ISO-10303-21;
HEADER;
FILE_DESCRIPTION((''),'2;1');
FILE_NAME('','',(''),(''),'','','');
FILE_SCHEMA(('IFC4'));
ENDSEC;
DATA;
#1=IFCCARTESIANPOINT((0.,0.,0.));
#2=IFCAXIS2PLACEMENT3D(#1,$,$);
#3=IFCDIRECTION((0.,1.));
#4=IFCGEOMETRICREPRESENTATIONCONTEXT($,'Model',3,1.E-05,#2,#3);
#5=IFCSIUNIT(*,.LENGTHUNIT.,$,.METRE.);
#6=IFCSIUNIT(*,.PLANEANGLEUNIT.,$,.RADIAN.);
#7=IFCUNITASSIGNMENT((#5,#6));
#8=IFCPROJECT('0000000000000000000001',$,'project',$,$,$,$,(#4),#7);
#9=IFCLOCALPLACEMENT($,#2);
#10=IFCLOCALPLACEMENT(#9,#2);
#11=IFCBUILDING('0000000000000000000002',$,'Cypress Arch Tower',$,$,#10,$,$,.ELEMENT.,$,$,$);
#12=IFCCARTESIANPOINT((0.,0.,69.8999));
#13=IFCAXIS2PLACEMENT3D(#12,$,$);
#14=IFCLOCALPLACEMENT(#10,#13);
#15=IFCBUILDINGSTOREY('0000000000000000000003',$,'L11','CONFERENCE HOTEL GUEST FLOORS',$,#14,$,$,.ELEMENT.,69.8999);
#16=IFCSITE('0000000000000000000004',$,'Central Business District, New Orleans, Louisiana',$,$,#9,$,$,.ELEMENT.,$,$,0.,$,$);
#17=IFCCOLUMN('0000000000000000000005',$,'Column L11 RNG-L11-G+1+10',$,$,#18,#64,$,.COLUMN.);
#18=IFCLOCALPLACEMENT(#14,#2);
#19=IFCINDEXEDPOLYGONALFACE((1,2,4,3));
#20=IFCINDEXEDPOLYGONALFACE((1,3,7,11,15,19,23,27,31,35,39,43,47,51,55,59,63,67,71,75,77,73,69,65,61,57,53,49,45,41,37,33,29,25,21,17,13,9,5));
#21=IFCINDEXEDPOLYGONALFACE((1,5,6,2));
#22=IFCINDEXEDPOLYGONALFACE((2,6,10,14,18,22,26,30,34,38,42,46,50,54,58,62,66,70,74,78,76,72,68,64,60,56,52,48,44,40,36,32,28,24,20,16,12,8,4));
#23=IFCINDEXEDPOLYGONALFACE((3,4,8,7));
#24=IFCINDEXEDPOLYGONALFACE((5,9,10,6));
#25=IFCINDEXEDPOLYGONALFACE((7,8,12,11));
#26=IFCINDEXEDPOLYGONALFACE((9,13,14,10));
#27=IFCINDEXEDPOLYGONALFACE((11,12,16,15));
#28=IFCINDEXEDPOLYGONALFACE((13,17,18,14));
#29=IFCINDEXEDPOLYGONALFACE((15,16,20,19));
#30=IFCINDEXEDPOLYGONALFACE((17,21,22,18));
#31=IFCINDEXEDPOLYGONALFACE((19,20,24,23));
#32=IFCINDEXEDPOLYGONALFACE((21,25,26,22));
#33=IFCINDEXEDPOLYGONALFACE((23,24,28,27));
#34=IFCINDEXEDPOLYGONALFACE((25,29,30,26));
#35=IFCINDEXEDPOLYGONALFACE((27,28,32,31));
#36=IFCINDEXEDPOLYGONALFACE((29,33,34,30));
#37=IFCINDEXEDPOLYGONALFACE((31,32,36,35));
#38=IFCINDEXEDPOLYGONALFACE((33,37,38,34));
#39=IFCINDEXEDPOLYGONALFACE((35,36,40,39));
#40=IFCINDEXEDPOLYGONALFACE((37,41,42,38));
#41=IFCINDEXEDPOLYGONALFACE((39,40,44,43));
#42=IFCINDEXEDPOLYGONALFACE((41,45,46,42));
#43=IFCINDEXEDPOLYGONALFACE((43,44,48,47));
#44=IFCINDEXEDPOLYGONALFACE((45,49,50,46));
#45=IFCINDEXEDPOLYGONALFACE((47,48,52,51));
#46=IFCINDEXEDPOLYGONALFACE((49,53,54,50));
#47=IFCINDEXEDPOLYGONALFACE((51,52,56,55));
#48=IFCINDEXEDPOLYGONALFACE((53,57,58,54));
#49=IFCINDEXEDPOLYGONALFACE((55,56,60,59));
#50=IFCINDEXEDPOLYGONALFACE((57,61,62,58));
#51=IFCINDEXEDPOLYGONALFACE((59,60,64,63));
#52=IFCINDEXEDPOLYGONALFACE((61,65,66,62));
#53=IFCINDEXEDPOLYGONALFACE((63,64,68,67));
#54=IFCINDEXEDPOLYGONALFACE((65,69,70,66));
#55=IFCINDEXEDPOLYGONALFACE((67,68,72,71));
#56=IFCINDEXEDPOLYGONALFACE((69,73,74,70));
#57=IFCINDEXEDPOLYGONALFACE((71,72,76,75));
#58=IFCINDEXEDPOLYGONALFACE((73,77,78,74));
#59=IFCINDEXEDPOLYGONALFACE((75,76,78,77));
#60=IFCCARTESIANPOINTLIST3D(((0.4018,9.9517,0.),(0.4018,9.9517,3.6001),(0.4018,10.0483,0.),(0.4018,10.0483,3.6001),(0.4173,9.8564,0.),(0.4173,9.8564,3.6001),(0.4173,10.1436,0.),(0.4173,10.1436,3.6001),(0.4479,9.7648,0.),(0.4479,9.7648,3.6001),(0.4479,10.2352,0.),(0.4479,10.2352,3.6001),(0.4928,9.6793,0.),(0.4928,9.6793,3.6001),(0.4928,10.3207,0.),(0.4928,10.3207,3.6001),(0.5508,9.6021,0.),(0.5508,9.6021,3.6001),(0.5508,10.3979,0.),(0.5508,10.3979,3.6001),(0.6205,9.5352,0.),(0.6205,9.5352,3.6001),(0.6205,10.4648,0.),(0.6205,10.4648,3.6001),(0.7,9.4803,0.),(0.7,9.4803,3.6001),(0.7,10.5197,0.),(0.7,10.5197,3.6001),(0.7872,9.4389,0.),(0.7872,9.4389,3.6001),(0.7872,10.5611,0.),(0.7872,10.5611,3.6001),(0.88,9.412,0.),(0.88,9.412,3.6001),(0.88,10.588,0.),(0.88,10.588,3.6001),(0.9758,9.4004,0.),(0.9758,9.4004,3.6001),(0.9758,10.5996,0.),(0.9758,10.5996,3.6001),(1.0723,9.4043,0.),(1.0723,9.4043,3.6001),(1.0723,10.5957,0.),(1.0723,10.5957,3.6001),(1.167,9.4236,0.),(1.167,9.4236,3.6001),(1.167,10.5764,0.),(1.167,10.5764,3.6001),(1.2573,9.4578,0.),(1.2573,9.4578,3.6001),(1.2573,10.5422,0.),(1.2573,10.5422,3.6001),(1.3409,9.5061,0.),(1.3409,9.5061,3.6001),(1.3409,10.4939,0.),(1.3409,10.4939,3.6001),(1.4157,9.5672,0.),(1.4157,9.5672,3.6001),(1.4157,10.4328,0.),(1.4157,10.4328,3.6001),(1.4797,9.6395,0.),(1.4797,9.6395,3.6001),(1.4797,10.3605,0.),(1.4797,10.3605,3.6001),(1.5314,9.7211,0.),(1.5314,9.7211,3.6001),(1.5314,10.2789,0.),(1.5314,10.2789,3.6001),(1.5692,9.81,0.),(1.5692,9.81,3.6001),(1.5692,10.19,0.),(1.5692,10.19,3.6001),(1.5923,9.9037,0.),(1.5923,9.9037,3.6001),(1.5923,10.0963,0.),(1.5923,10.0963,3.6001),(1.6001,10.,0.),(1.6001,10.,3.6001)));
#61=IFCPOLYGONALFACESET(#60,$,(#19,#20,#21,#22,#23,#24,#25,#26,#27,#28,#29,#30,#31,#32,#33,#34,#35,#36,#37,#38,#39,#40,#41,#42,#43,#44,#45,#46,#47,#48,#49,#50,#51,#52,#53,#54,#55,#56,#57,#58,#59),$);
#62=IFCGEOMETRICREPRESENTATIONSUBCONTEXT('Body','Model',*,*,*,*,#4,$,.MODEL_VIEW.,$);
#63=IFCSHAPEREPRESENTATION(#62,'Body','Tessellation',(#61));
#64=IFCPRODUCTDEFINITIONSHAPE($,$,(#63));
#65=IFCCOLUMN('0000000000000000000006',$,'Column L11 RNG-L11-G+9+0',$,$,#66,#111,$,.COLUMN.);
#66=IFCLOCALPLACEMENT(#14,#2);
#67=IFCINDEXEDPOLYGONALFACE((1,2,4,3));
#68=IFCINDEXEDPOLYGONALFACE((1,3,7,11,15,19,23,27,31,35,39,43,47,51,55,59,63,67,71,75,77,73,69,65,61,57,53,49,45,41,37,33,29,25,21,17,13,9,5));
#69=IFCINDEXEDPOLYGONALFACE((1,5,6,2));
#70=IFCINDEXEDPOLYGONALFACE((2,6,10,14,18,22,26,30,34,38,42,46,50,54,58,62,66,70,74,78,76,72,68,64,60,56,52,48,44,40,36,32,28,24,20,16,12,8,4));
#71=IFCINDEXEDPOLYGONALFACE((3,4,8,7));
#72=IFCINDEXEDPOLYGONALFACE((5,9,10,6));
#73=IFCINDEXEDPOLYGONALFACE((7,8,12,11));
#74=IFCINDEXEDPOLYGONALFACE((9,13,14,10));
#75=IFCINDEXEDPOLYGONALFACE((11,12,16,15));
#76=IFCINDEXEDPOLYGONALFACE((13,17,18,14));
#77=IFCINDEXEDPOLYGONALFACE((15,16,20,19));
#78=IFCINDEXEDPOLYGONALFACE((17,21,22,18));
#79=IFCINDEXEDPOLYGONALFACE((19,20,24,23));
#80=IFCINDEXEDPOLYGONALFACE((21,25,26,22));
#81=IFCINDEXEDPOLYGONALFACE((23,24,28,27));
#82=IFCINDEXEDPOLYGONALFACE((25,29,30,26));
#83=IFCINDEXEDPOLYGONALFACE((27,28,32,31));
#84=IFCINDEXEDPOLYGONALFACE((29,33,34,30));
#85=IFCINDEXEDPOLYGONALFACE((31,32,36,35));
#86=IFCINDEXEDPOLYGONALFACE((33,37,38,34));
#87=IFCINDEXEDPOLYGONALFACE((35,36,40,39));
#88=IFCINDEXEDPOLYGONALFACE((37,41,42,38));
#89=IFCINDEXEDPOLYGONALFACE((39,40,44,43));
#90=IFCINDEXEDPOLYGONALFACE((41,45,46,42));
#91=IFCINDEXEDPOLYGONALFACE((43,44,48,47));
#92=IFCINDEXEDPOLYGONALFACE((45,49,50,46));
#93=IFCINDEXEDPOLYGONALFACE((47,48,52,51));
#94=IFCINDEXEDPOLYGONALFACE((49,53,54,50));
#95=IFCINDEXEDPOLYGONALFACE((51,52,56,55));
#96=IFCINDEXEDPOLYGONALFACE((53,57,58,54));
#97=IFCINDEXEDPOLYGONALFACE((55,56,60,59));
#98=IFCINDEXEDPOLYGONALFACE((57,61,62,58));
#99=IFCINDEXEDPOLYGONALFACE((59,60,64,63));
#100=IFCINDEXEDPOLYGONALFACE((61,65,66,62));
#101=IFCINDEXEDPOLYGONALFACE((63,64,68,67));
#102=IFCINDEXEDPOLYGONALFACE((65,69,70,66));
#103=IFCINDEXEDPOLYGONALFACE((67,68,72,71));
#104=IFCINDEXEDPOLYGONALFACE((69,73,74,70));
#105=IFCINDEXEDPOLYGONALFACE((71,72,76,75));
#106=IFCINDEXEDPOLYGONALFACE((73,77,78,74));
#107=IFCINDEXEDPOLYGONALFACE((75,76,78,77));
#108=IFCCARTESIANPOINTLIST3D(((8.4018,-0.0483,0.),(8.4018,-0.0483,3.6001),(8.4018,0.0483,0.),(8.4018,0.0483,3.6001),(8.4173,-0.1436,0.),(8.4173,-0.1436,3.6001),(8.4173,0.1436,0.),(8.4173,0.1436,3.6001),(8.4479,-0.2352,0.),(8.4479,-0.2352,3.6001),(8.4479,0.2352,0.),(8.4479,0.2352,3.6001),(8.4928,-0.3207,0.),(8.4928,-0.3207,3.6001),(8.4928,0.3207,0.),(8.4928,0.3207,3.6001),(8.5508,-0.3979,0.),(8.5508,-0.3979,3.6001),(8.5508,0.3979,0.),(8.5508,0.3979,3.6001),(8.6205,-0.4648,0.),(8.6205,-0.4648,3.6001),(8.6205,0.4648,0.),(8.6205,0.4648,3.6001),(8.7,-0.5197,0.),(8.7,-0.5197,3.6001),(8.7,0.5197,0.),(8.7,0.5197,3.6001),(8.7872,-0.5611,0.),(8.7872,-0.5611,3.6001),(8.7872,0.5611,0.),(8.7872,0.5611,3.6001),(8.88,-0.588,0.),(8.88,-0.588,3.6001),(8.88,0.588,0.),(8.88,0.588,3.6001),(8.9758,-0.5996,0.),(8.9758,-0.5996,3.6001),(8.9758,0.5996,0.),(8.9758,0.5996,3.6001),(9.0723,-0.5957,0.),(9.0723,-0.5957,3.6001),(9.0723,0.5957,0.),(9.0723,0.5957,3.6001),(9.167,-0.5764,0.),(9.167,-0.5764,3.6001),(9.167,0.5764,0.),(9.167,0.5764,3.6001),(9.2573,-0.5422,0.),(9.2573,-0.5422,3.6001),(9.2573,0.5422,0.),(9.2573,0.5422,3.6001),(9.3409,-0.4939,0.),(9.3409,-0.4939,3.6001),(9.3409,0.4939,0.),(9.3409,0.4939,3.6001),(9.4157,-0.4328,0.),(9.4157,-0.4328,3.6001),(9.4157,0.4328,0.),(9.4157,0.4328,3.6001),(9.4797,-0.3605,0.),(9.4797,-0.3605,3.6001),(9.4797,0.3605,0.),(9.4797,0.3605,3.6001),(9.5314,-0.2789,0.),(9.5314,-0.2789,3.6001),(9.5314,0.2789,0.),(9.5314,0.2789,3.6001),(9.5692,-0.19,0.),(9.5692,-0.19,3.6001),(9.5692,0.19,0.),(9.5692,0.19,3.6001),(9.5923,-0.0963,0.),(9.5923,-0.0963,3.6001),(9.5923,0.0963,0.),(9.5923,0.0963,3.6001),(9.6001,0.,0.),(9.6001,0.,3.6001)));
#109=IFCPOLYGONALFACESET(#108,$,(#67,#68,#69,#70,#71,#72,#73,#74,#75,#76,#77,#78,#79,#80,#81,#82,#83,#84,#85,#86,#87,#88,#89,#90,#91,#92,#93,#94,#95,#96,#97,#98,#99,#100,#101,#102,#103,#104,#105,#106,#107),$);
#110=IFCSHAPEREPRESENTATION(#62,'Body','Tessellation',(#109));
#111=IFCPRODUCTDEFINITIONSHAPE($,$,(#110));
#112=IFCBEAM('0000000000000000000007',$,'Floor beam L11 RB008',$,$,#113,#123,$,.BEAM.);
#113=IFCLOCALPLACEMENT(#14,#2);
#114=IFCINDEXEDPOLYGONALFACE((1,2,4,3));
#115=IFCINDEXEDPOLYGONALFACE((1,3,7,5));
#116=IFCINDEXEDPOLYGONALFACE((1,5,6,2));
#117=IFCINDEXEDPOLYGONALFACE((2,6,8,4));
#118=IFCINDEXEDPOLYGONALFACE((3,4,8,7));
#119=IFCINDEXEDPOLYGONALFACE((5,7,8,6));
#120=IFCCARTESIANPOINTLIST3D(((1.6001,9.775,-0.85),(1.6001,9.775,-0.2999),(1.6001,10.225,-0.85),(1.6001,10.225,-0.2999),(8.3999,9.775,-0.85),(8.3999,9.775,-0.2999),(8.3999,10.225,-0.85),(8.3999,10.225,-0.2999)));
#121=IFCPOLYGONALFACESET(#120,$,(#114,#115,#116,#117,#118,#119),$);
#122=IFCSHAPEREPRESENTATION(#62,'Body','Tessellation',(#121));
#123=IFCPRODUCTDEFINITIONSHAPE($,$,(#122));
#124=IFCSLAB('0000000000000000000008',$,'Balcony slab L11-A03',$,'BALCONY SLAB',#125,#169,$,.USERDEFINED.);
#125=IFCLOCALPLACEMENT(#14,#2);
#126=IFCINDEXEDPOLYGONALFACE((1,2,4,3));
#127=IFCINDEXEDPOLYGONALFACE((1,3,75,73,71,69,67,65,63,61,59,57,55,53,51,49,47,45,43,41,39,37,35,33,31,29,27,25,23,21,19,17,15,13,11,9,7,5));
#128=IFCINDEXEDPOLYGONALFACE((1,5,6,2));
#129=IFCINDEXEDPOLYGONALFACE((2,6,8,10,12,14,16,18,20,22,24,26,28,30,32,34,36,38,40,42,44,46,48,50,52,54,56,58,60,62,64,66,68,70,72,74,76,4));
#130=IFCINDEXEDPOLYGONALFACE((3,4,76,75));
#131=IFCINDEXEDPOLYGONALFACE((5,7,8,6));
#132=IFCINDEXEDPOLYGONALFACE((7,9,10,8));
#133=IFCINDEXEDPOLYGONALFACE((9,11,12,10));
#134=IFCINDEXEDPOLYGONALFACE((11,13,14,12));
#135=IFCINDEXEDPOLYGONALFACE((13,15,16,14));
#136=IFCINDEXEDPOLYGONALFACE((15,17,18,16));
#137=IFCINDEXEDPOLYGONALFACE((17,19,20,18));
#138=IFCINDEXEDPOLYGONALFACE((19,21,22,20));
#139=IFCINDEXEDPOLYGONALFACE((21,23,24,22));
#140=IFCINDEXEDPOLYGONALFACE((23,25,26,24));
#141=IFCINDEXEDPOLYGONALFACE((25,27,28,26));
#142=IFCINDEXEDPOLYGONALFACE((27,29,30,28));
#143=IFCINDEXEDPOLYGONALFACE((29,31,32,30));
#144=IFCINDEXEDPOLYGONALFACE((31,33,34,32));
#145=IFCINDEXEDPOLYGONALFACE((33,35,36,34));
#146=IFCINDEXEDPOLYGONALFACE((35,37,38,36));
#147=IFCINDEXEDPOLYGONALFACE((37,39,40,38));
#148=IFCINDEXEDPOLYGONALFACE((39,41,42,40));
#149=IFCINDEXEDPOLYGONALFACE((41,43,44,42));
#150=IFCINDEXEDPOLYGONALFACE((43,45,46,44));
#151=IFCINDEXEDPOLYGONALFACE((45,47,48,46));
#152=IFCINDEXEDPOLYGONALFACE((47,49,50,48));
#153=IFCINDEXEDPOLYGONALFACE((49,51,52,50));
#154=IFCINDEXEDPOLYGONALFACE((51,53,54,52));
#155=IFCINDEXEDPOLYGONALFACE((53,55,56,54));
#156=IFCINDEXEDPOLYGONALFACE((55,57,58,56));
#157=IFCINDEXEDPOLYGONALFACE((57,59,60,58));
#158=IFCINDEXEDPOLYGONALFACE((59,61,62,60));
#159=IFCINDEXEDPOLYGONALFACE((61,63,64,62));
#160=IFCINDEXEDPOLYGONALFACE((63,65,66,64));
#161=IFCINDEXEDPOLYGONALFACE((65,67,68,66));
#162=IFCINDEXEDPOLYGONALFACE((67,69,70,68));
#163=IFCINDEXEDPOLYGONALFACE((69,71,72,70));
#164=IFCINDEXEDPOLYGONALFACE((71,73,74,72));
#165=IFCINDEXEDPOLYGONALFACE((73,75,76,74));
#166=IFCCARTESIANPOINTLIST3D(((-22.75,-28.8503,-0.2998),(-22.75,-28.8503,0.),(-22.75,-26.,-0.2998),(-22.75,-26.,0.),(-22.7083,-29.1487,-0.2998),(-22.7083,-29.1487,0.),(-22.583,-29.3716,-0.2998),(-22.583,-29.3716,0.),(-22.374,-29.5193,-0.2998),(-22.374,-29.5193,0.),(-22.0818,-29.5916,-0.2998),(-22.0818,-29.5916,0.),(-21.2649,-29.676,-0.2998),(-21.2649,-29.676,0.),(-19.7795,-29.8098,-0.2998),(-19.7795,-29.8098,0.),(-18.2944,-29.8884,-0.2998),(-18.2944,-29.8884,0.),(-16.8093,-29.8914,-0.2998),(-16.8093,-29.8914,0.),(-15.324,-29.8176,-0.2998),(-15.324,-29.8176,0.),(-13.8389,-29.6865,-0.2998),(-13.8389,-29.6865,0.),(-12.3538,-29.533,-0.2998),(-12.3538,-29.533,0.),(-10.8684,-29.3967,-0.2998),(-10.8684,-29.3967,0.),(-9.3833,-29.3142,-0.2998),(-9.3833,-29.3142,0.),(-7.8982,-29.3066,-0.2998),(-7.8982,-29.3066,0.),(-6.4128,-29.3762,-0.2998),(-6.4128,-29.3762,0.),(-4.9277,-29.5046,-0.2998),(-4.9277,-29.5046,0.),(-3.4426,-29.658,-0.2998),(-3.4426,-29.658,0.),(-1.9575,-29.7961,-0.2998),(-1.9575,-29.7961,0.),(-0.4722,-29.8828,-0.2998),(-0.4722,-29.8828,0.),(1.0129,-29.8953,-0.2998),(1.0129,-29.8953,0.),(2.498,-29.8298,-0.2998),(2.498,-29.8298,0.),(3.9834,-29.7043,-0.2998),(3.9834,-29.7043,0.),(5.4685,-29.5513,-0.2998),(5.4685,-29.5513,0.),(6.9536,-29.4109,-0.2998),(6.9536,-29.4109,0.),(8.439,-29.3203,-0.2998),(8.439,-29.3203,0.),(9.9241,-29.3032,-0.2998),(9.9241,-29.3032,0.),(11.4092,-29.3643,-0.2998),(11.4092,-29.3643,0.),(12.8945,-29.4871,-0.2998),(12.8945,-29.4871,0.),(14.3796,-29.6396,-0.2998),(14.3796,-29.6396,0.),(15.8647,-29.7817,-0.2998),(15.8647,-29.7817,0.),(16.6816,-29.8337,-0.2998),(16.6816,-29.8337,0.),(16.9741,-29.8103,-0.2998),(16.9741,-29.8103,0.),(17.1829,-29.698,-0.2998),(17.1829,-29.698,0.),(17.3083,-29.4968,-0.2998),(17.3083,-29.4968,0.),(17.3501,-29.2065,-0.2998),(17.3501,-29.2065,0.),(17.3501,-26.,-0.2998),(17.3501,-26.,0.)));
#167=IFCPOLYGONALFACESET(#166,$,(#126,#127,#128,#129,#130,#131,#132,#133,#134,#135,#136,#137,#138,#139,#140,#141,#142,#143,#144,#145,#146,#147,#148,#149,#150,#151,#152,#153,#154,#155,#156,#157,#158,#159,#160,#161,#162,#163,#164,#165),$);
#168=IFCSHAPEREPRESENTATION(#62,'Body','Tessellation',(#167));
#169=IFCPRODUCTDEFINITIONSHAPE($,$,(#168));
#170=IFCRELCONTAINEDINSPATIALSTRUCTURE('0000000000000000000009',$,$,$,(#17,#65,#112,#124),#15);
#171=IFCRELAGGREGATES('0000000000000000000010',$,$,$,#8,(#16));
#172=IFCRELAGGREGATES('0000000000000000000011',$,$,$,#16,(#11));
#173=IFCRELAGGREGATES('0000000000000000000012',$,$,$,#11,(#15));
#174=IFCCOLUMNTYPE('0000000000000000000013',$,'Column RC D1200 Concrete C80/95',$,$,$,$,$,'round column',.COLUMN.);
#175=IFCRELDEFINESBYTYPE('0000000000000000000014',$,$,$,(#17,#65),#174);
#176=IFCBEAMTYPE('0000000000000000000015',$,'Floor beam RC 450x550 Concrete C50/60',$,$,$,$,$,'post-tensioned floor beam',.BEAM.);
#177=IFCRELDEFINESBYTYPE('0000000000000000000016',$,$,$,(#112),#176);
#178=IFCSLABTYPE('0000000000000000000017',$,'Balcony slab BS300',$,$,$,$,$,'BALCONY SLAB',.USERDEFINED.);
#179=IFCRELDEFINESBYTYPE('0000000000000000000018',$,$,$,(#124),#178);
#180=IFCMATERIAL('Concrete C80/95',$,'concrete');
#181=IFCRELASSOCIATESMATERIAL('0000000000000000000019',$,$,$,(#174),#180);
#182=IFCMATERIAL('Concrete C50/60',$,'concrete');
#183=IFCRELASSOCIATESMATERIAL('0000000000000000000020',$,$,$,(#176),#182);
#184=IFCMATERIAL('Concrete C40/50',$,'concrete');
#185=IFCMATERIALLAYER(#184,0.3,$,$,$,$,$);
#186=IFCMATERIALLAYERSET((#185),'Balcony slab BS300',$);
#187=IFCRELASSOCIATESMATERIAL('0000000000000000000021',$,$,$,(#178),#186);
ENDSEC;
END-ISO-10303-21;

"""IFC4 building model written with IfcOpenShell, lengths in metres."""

from ifc_helpers import new_model, si_unit, direction, frame, origin, origin_2d, place, context, subcontext, project, spatial, polyline, rectangle, circle, outline, extrude, material, layer, layer_set, material_profile, profile_set, type_object, element, save


model = new_model("IFC4")

# Units and contexts
model_context = context("Model", 3, precision=1e-05, world=origin(), true_north=direction((0.0, 1.0)))
body_context = subcontext(model_context, "Body", "Model", "MODEL_VIEW")
ifc_project = project(units=[si_unit("LENGTHUNIT", "METRE"), si_unit("PLANEANGLEUNIT", "RADIAN")], contexts=[model_context])

# Site, building, storey
site_placement = place(None, origin())
site = spatial("IfcSite", under=ifc_project, at=site_placement, Name="Central Business District, New Orleans, Louisiana", CompositionType="ELEMENT", RefElevation=0.0)
building_placement = place(site_placement, origin())
building = spatial("IfcBuilding", under=site, at=building_placement, Name="Cypress Arch Tower", CompositionType="ELEMENT")
storey_placement = place(building_placement, frame((0.0, 0.0, 69.8999)))
storey = spatial("IfcBuildingStorey", under=building, at=storey_placement, Name="L11", Description="CONFERENCE HOTEL GUEST FLOORS", CompositionType="ELEMENT", Elevation=69.8999)

# Columns
ifc_material_1 = material(Name="Concrete C80/95", Category="concrete")
ifc_material_profile_1 = material_profile(ifc_material_1, circle(Radius=0.6001, at=origin_2d()), Name="RC D1200")
ifc_profile_set_1 = profile_set([ifc_material_profile_1], Name="Concrete C80/95")
column_type = type_object("IfcColumnType", Name="Column RC D1200 Concrete C80/95", ElementType="round column", PredefinedType="COLUMN", material=ifc_profile_set_1)
for number, where, z_axis, x_axis, name in (
    (1, (1.0, 10.0, 0.0), (0.0, 0.0, 1.0), (1.0, 0.0, 0.0), "Column L11 RNG-L11-G+1+10"),
    (2, (9.0, 0.0, 0.0), (0.0, 0.0, 1.0), (1.0, 0.0, 0.0), "Column L11 RNG-L11-G+9+0"),
):
    element("IfcColumn", number, at=place(storey_placement, frame(where, z_axis=z_axis, x_axis=x_axis)), inside=storey, type_object=column_type, Name=name, PredefinedType="COLUMN", context=body_context, shape_type="SweptSolid", body=[
        extrude(circle(Radius=0.6001, at=origin_2d()), origin(), (0.0, 0.0, 1.0), 3.6001),
    ])

# Beam
ifc_material_2 = material(Name="Concrete C50/60", Category="concrete")
ifc_material_profile_2 = material_profile(ifc_material_2, rectangle(XDim=0.45, YDim=0.55, at=origin_2d()), Name="RC 450x550")
ifc_profile_set_2 = profile_set([ifc_material_profile_2], Name="Concrete C50/60")
beam_type = type_object("IfcBeamType", Name="Floor beam RC 450x550 Concrete C50/60", ElementType="post-tensioned floor beam", PredefinedType="BEAM", material=ifc_profile_set_2)
beam_placement = place(storey_placement, frame((1.6001, 10.0, -0.575), z_axis=(1.0, 0.0, 0.0), x_axis=(0.0, 1.0, 0.0)))
element("IfcBeam", 3, at=beam_placement, inside=storey, type_object=beam_type, Name="Floor beam L11 RB008", PredefinedType="BEAM", context=body_context, shape_type="SweptSolid", body=[
    extrude(rectangle(XDim=0.45, YDim=0.55, at=origin_2d()), origin(), (0.0, 0.0, 1.0), 6.7998),
])

# Slab
ifc_material_3 = material(Name="Concrete C40/50", Category="concrete")
ifc_layer_1 = layer(ifc_material_3, 0.3)
ifc_layer_set_1 = layer_set([ifc_layer_1], Name="Balcony slab BS300")
slab_type_1 = type_object("IfcSlabType", Name="Balcony slab BS300", ElementType="BALCONY SLAB", PredefinedType="USERDEFINED", material=ifc_layer_set_1)
slab_1_placement = place(storey_placement, frame((0.0, 0.0, -0.2998)))
element("IfcSlab", 4, at=slab_1_placement, inside=storey, type_object=slab_type_1, Name="Balcony slab L11-A03", ObjectType="BALCONY SLAB", PredefinedType="USERDEFINED", context=body_context, shape_type="SweptSolid", body=[
    extrude(outline(polyline([(-22.75, -26.0), (-22.75, -28.8503), (-22.7083, -29.1487), (-22.583, -29.3716), (-22.374, -29.5193), (-22.0818, -29.5916), (-21.2649, -29.676), (-19.7795, -29.8098), (-18.2944, -29.8884), (-16.8093, -29.8914), (-15.324, -29.8176), (-13.8389, -29.6865), (-12.3538, -29.533), (-10.8684, -29.3967), (-9.3833, -29.3142), (-7.8982, -29.3066), (-6.4128, -29.3762), (-4.9277, -29.5046), (-3.4426, -29.658), (-1.9575, -29.7961), (-0.4722, -29.8828), (1.0129, -29.8953), (2.498, -29.8298), (3.9834, -29.7043), (5.4685, -29.5513), (6.9536, -29.4109), (8.439, -29.3203), (9.9241, -29.3032), (11.4092, -29.3643), (12.8945, -29.4871), (14.3796, -29.6396), (15.8647, -29.7817), (16.6816, -29.8337), (16.9741, -29.8103), (17.1829, -29.698), (17.3083, -29.4968), (17.3501, -29.2065), (17.3501, -26.0), (-22.75, -26.0)])), origin(), (0.0, 0.0, 1.0), 0.2998),
])

save(model, "model.ifc")
